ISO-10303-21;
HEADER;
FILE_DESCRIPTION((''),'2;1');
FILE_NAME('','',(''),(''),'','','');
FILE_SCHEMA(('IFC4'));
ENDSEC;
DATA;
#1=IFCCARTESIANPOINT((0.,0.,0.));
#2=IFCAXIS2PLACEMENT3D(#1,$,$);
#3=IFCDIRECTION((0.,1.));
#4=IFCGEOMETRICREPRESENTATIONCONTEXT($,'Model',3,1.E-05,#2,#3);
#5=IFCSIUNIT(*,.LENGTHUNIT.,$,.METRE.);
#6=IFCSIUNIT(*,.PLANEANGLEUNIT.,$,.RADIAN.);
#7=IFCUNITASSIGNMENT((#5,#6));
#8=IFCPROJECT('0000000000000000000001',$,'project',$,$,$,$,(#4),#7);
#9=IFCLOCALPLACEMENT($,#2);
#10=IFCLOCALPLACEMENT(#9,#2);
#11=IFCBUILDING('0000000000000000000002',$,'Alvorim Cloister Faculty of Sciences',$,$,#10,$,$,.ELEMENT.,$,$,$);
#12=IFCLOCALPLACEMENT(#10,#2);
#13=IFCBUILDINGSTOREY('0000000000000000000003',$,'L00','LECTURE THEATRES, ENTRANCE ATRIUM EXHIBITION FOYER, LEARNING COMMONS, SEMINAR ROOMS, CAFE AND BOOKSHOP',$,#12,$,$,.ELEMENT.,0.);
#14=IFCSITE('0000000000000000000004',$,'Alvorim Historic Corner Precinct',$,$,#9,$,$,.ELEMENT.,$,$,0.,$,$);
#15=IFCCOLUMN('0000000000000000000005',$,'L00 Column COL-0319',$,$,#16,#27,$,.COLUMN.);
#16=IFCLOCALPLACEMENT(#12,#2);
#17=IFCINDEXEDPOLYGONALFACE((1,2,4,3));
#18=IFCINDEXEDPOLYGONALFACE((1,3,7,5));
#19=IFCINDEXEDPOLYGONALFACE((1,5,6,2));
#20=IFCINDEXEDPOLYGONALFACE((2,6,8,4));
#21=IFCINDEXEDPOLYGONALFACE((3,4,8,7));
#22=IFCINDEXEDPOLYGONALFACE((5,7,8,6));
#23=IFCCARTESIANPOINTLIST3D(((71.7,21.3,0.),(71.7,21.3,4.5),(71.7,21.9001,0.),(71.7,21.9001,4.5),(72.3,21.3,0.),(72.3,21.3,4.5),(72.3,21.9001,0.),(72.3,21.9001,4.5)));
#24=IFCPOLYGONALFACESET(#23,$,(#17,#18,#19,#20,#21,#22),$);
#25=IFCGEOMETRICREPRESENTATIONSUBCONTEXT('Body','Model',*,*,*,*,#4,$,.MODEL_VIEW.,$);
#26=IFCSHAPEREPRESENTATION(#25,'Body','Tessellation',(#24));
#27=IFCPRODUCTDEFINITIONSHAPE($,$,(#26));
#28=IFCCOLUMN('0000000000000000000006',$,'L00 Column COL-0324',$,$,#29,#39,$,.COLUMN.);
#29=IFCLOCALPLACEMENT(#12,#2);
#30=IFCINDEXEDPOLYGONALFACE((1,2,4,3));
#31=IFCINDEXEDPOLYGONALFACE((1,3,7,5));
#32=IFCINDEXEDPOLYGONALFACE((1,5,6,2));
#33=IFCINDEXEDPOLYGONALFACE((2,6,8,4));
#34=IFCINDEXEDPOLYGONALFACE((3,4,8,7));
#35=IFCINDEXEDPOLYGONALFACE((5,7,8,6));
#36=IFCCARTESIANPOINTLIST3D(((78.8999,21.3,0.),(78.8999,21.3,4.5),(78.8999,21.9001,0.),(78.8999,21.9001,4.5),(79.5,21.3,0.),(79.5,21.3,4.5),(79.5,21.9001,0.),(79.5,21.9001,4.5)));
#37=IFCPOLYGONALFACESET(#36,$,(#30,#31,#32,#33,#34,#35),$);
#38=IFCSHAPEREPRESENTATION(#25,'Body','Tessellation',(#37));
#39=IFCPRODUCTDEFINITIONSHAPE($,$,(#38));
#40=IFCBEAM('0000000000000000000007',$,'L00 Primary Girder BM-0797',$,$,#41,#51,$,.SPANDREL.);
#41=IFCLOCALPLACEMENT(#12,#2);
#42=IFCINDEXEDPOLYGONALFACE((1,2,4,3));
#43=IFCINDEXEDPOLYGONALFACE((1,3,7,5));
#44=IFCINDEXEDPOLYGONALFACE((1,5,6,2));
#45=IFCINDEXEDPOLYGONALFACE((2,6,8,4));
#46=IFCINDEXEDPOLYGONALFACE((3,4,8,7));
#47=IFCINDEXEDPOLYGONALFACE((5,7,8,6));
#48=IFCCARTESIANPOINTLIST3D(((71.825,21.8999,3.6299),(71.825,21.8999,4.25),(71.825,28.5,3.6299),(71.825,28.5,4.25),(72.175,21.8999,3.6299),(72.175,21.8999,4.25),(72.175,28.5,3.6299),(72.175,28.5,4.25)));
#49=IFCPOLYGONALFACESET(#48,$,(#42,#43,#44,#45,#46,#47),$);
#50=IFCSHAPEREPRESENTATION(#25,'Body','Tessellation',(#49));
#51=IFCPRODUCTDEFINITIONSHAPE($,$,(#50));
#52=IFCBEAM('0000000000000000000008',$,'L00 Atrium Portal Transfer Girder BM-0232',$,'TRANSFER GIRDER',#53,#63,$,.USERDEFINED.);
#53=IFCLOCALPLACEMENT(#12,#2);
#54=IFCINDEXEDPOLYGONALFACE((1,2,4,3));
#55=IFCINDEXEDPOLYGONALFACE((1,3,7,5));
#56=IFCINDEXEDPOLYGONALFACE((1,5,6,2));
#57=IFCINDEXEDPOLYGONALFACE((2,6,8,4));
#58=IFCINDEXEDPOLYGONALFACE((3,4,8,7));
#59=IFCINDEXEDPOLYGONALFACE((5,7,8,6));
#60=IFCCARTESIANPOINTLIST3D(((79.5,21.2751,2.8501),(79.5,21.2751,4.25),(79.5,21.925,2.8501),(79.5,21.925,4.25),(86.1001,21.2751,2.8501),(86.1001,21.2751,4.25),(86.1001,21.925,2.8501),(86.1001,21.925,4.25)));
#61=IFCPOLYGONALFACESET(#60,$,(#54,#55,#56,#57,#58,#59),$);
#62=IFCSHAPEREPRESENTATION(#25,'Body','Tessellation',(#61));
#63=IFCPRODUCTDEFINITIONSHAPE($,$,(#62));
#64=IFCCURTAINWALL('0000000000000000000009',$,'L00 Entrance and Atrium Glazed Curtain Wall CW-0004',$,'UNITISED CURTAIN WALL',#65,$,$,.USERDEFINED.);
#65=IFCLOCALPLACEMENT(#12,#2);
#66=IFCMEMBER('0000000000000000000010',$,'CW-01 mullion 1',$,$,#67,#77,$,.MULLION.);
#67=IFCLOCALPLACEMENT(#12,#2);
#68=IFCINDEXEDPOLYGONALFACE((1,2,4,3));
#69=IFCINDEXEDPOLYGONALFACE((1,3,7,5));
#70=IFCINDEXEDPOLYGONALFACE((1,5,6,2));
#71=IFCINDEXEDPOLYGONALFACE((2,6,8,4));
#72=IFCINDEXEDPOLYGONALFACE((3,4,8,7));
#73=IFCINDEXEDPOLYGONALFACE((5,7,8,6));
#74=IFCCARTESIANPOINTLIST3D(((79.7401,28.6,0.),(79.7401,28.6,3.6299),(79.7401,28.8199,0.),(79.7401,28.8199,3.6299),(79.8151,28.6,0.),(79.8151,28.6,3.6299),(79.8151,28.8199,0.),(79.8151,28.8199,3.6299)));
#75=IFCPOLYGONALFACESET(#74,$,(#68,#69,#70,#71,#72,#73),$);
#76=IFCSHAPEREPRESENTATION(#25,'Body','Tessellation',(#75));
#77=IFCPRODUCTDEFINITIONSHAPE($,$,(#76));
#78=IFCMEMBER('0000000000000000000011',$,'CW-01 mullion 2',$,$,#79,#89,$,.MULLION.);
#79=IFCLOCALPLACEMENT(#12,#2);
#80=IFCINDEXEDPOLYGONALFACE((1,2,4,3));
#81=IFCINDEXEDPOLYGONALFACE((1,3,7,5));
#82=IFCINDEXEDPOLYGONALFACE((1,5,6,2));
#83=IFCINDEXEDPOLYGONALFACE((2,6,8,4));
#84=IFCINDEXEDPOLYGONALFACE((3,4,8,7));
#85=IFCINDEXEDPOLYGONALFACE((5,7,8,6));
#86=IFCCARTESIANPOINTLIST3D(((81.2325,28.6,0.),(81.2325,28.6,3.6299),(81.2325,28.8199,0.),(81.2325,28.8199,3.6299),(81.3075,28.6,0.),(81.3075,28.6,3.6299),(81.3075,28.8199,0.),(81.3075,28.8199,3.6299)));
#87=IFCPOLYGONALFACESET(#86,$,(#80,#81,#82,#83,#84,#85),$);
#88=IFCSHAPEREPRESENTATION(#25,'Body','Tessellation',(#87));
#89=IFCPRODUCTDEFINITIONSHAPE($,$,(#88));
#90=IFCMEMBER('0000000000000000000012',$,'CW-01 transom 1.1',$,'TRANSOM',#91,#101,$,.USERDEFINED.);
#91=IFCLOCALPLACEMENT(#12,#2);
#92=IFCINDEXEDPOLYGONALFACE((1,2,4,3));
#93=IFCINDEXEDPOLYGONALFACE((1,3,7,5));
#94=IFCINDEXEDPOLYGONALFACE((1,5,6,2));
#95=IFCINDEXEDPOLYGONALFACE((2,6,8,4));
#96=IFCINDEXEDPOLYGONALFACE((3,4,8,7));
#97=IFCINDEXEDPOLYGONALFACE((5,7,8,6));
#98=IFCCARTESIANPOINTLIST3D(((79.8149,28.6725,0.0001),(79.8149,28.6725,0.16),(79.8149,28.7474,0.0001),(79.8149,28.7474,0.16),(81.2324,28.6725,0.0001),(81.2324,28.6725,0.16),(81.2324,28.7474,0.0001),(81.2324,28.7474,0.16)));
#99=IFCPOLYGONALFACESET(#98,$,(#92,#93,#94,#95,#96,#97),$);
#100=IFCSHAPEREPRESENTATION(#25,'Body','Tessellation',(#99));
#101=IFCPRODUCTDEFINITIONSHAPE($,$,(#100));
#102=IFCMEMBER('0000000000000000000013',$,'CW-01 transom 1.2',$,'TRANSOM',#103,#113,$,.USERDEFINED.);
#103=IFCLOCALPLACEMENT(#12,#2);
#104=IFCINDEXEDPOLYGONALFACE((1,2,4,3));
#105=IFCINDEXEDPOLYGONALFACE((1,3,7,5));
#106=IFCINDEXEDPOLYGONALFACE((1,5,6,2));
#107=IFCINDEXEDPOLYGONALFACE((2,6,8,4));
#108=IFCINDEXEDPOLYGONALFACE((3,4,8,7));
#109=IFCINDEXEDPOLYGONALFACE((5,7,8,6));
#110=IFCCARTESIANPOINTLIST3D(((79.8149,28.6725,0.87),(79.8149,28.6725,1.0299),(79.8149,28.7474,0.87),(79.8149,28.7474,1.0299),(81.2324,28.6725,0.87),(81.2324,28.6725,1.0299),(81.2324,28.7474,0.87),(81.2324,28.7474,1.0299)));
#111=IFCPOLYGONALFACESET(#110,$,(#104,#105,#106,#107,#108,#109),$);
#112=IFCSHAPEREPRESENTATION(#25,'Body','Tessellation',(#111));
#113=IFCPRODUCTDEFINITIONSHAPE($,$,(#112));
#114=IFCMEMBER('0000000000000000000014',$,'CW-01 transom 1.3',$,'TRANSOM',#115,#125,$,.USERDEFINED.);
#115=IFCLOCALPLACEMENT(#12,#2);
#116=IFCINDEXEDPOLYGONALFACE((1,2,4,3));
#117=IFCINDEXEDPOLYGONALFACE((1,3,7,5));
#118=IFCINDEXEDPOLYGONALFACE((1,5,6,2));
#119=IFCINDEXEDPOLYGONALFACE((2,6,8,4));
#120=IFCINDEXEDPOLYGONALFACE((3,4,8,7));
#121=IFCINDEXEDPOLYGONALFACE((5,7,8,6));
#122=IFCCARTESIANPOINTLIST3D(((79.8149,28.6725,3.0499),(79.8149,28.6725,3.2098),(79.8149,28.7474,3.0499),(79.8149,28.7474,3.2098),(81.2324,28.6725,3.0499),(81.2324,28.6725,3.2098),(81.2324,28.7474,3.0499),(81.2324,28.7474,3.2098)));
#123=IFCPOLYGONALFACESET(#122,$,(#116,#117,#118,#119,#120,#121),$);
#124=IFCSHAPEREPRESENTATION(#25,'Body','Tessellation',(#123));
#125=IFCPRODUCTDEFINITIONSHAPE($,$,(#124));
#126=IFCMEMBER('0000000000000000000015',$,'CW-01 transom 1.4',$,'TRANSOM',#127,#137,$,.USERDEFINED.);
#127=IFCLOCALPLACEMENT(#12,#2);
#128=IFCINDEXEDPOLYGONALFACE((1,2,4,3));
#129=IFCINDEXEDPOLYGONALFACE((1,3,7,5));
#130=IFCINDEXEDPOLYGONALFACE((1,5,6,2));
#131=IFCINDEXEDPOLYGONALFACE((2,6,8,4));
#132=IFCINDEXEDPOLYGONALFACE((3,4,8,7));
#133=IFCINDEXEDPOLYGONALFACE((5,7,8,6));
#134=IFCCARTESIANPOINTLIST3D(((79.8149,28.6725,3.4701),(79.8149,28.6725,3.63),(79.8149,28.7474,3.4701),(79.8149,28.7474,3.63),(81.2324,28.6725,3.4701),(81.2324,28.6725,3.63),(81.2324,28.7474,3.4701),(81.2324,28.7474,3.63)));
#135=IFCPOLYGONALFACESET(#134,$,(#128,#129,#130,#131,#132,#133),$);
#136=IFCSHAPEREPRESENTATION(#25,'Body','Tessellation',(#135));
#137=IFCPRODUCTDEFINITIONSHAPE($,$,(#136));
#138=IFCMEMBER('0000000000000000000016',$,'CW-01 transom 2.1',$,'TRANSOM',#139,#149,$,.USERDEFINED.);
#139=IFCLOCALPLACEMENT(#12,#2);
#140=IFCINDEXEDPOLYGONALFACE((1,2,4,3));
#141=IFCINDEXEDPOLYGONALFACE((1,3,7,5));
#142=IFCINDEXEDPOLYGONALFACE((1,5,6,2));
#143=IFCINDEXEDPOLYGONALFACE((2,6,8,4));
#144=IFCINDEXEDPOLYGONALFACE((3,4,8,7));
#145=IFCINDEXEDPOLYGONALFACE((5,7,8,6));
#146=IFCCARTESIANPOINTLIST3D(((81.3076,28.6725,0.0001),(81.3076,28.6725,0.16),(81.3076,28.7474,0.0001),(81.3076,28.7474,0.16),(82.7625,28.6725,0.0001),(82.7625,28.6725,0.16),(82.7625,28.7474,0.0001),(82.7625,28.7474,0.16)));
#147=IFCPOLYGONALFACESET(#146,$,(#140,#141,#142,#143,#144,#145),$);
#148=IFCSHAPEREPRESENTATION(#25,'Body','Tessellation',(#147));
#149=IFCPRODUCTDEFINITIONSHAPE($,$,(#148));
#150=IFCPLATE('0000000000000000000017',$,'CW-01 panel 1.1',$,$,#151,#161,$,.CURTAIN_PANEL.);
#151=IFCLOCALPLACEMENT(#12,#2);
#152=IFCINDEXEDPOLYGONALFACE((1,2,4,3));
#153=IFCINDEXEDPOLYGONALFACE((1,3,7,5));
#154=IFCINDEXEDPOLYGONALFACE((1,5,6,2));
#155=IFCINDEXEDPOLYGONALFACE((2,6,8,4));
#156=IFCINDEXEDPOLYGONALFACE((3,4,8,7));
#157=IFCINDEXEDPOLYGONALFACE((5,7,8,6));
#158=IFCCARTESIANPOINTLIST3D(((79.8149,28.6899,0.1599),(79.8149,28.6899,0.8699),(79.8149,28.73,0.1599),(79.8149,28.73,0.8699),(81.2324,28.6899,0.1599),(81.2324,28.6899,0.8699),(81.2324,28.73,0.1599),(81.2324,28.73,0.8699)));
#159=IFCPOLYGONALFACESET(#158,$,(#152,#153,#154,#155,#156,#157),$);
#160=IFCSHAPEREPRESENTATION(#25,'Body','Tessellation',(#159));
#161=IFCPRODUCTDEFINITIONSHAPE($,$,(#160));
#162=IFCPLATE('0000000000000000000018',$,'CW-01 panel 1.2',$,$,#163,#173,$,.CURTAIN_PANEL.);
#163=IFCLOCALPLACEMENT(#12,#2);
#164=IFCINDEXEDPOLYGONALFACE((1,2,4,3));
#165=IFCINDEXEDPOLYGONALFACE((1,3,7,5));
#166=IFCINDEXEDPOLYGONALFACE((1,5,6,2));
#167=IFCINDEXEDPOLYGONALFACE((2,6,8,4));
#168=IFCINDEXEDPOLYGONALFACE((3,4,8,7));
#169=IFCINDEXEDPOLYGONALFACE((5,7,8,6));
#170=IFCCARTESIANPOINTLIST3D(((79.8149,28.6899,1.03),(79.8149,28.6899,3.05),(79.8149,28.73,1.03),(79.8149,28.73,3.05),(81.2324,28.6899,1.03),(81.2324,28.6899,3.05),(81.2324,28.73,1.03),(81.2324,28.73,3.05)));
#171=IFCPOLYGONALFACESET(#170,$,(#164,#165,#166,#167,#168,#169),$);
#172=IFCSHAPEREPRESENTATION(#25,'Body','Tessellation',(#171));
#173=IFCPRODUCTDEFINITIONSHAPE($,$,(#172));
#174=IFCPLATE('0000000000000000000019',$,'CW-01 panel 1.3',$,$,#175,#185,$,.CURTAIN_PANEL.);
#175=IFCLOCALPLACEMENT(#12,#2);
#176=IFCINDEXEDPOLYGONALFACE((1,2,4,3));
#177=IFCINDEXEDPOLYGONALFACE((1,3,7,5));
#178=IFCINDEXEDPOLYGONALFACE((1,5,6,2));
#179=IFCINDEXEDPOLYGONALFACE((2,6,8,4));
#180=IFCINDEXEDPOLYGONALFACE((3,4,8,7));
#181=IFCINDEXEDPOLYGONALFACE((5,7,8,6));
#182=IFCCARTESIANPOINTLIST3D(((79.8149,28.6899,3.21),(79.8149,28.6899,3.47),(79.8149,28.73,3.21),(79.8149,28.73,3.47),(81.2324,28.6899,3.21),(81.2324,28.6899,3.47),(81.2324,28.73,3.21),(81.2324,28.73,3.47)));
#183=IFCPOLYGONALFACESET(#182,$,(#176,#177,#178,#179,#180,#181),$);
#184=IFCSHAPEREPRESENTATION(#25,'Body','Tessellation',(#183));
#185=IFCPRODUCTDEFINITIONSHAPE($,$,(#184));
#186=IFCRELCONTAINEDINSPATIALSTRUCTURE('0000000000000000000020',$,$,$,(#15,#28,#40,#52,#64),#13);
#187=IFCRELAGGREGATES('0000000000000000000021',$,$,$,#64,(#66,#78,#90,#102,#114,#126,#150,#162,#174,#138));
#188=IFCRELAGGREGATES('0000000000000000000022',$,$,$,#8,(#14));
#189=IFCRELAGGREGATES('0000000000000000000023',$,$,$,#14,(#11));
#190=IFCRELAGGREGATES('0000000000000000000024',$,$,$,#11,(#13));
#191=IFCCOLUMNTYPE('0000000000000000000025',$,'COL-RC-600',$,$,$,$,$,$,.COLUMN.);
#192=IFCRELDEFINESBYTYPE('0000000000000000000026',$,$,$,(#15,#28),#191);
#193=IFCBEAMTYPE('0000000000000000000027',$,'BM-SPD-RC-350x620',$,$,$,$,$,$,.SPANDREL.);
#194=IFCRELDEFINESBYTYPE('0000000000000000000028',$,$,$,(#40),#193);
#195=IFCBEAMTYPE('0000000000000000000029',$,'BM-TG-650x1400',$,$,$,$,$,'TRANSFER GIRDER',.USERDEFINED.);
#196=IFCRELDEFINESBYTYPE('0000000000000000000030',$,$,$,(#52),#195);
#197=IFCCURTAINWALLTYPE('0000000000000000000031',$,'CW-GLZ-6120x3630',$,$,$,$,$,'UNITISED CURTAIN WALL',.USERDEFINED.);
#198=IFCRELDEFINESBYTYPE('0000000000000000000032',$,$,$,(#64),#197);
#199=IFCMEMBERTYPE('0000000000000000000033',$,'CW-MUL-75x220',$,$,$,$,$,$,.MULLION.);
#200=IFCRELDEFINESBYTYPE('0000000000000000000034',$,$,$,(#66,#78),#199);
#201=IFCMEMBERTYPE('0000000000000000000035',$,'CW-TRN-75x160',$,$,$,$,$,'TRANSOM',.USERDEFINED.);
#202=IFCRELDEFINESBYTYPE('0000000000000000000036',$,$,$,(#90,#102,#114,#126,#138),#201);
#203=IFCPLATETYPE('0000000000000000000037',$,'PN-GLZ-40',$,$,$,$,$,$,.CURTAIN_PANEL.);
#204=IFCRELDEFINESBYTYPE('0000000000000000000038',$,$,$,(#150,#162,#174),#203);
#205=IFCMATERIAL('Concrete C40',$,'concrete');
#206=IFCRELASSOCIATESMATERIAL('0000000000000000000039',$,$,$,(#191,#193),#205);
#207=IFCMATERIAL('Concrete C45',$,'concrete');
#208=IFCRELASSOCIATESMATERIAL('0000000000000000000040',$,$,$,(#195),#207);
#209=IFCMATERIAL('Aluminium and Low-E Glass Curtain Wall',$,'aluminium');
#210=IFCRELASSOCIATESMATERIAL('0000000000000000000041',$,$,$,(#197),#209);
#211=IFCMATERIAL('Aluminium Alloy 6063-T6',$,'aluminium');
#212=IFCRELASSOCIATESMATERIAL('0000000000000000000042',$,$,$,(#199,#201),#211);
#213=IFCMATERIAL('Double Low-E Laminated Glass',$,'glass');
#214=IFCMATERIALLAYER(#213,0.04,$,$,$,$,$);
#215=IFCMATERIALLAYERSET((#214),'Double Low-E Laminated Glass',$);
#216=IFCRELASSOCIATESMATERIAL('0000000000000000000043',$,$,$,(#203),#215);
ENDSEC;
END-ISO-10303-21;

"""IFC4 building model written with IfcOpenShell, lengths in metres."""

from ifc_helpers import new_model, si_unit, direction, frame, origin, origin_2d, place, context, subcontext, project, spatial, rectangle, extrude, material, layer, layer_set, material_profile, profile_set, type_object, element, aggregate, save


model = new_model("IFC4")

# Units and contexts
model_context = context("Model", 3, precision=1e-05, world=origin(), true_north=direction((0.0, 1.0)))
body_context = subcontext(model_context, "Body", "Model", "MODEL_VIEW")
ifc_project = project(units=[si_unit("LENGTHUNIT", "METRE"), si_unit("PLANEANGLEUNIT", "RADIAN")], contexts=[model_context])

# Site, building, storey
site_placement = place(None, origin())
site = spatial("IfcSite", under=ifc_project, at=site_placement, Name="Alvorim Historic Corner Precinct", CompositionType="ELEMENT", RefElevation=0.0)
building_placement = place(site_placement, origin())
building = spatial("IfcBuilding", under=site, at=building_placement, Name="Alvorim Cloister Faculty of Sciences", CompositionType="ELEMENT")
storey_placement = place(building_placement, origin())
storey = spatial("IfcBuildingStorey", under=building, at=storey_placement, Name="L00", Description="LECTURE THEATRES, ENTRANCE ATRIUM EXHIBITION FOYER, LEARNING COMMONS, SEMINAR ROOMS, CAFE AND BOOKSHOP", CompositionType="ELEMENT", Elevation=0.0)

# Columns
ifc_material_1 = material(Name="Concrete C40", Category="concrete")
ifc_material_profile_1 = material_profile(ifc_material_1, rectangle(XDim=0.6001, YDim=0.6001, at=origin_2d()), Name="RC40-COL-600x600")
ifc_profile_set_1 = profile_set([ifc_material_profile_1], Name="Concrete C40")
column_type = type_object("IfcColumnType", Name="COL-RC-600", PredefinedType="COLUMN", material=ifc_profile_set_1)
for number, where, z_axis, x_axis, name in (
    (1, (72.0, 21.6001, 0.0), (0.0, 0.0, 1.0), (1.0, 0.0, 0.0), "L00 Column COL-0319"),
    (2, (79.2, 21.6001, 0.0), (0.0, 0.0, 1.0), (1.0, 0.0, 0.0), "L00 Column COL-0324"),
):
    element("IfcColumn", number, at=place(storey_placement, frame(where, z_axis=z_axis, x_axis=x_axis)), inside=storey, type_object=column_type, Name=name, PredefinedType="COLUMN", context=body_context, shape_type="SweptSolid", body=[
        extrude(rectangle(XDim=0.6001, YDim=0.6001, at=origin_2d()), origin(), (0.0, 0.0, 1.0), 4.5),
    ])

# Beams
ifc_material_profile_2 = material_profile(ifc_material_1, rectangle(XDim=0.3501, YDim=0.6201, at=origin_2d()), Name="RC40-SPD-350x620")
ifc_profile_set_2 = profile_set([ifc_material_profile_2], Name="Concrete C40")
beam_type_1 = type_object("IfcBeamType", Name="BM-SPD-RC-350x620", PredefinedType="SPANDREL", material=ifc_profile_set_2)
beam_1_placement = place(storey_placement, frame((72.0, 21.8999, 3.9399), z_axis=(0.0, 1.0, 0.0), x_axis=(-1.0, 0.0, 0.0)))
element("IfcBeam", 3, at=beam_1_placement, inside=storey, type_object=beam_type_1, Name="L00 Primary Girder BM-0797", PredefinedType="SPANDREL", context=body_context, shape_type="SweptSolid", body=[
    extrude(rectangle(XDim=0.3501, YDim=0.6201, at=origin_2d()), origin(), (0.0, 0.0, 1.0), 6.6001),
])
ifc_material_2 = material(Name="Concrete C45", Category="concrete")
ifc_material_profile_3 = material_profile(ifc_material_2, rectangle(XDim=0.6499, YDim=1.3999, at=origin_2d()), Name="RC45-TG-650x1400")
ifc_profile_set_3 = profile_set([ifc_material_profile_3], Name="Concrete C45")
beam_type_2 = type_object("IfcBeamType", Name="BM-TG-650x1400", ElementType="TRANSFER GIRDER", PredefinedType="USERDEFINED", material=ifc_profile_set_3)
beam_2_placement = place(storey_placement, frame((79.5, 21.6001, 3.55), z_axis=(1.0, 0.0, 0.0), x_axis=(0.0, 1.0, 0.0)))
element("IfcBeam", 4, at=beam_2_placement, inside=storey, type_object=beam_type_2, Name="L00 Atrium Portal Transfer Girder BM-0232", ObjectType="TRANSFER GIRDER", PredefinedType="USERDEFINED", context=body_context, shape_type="SweptSolid", body=[
    extrude(rectangle(XDim=0.6499, YDim=1.3999, at=origin_2d()), origin(), (0.0, 0.0, 1.0), 6.6001),
])

# Curtain wall, members, plates
ifc_material_3 = material(Name="Aluminium and Low-E Glass Curtain Wall", Category="aluminium")
curtain_wall_type = type_object("IfcCurtainWallType", Name="CW-GLZ-6120x3630", ElementType="UNITISED CURTAIN WALL", PredefinedType="USERDEFINED", material=ifc_material_3)
curtain_wall_placement = place(storey_placement, origin())
curtain_wall = element("IfcCurtainWall", 5, at=curtain_wall_placement, inside=storey, type_object=curtain_wall_type, Name="L00 Entrance and Atrium Glazed Curtain Wall CW-0004", ObjectType="UNITISED CURTAIN WALL", PredefinedType="USERDEFINED")
ifc_material_4 = material(Name="Aluminium Alloy 6063-T6", Category="aluminium")
ifc_material_profile_4 = material_profile(ifc_material_4, rectangle(XDim=0.075, YDim=0.22, at=origin_2d()), Name="ALU-MUL-75x220")
ifc_profile_set_4 = profile_set([ifc_material_profile_4], Name="Aluminium Alloy 6063-T6")
member_type_1 = type_object("IfcMemberType", Name="CW-MUL-75x220", PredefinedType="MULLION", material=ifc_profile_set_4)
member_1_placement = place(storey_placement, frame((79.7776, 28.71, 0.0), z_axis=(0.0, 0.0, 1.0), x_axis=(1.0, 0.0, 0.0)))
member_1 = element("IfcMember", 6, at=member_1_placement, type_object=member_type_1, Name="CW-01 mullion 1", PredefinedType="MULLION", context=body_context, shape_type="SweptSolid", body=[
    extrude(rectangle(XDim=0.075, YDim=0.22, at=origin_2d()), origin(), (0.0, 0.0, 1.0), 3.6299),
])
member_2_placement = place(storey_placement, frame((81.27, 28.71, 0.0), z_axis=(0.0, 0.0, 1.0), x_axis=(1.0, 0.0, 0.0)))
member_2 = element("IfcMember", 7, at=member_2_placement, type_object=member_type_1, Name="CW-01 mullion 2", PredefinedType="MULLION", context=body_context, shape_type="SweptSolid", body=[
    extrude(rectangle(XDim=0.075, YDim=0.22, at=origin_2d()), origin(), (0.0, 0.0, 1.0), 3.6299),
])
ifc_material_profile_5 = material_profile(ifc_material_4, rectangle(XDim=0.075, YDim=0.1599, at=origin_2d()), Name="ALU-TRN-75x160")
ifc_profile_set_5 = profile_set([ifc_material_profile_5], Name="Aluminium Alloy 6063-T6")
member_type_2 = type_object("IfcMemberType", Name="CW-TRN-75x160", ElementType="TRANSOM", PredefinedType="USERDEFINED", material=ifc_profile_set_5)
member_3_placement = place(storey_placement, frame((79.8149, 28.71, 0.0801), z_axis=(1.0, 0.0, 0.0), x_axis=(0.0, 1.0, 0.0)))
member_3 = element("IfcMember", 8, at=member_3_placement, type_object=member_type_2, Name="CW-01 transom 1.1", ObjectType="TRANSOM", PredefinedType="USERDEFINED", context=body_context, shape_type="SweptSolid", body=[
    extrude(rectangle(XDim=0.075, YDim=0.1599, at=origin_2d()), origin(), (0.0, 0.0, 1.0), 1.4175),
])
member_4_placement = place(storey_placement, frame((79.8149, 28.71, 0.95), z_axis=(1.0, 0.0, 0.0), x_axis=(0.0, 1.0, 0.0)))
member_4 = element("IfcMember", 9, at=member_4_placement, type_object=member_type_2, Name="CW-01 transom 1.2", ObjectType="TRANSOM", PredefinedType="USERDEFINED", context=body_context, shape_type="SweptSolid", body=[
    extrude(rectangle(XDim=0.075, YDim=0.1599, at=origin_2d()), origin(), (0.0, 0.0, 1.0), 1.4175),
])
member_5_placement = place(storey_placement, frame((79.8149, 28.71, 3.1299), z_axis=(1.0, 0.0, 0.0), x_axis=(0.0, 1.0, 0.0)))
member_5 = element("IfcMember", 10, at=member_5_placement, type_object=member_type_2, Name="CW-01 transom 1.3", ObjectType="TRANSOM", PredefinedType="USERDEFINED", context=body_context, shape_type="SweptSolid", body=[
    extrude(rectangle(XDim=0.075, YDim=0.1599, at=origin_2d()), origin(), (0.0, 0.0, 1.0), 1.4175),
])
member_6_placement = place(storey_placement, frame((79.8149, 28.71, 3.55), z_axis=(1.0, 0.0, 0.0), x_axis=(0.0, 1.0, 0.0)))
member_6 = element("IfcMember", 11, at=member_6_placement, type_object=member_type_2, Name="CW-01 transom 1.4", ObjectType="TRANSOM", PredefinedType="USERDEFINED", context=body_context, shape_type="SweptSolid", body=[
    extrude(rectangle(XDim=0.075, YDim=0.1599, at=origin_2d()), origin(), (0.0, 0.0, 1.0), 1.4175),
])
member_7_placement = place(storey_placement, frame((81.3076, 28.71, 0.0801), z_axis=(1.0, 0.0, 0.0), x_axis=(0.0, 1.0, 0.0)))
member_7 = element("IfcMember", 12, at=member_7_placement, type_object=member_type_2, Name="CW-01 transom 2.1", ObjectType="TRANSOM", PredefinedType="USERDEFINED", context=body_context, shape_type="SweptSolid", body=[
    extrude(rectangle(XDim=0.075, YDim=0.1599, at=origin_2d()), origin(), (0.0, 0.0, 1.0), 1.4548),
])
ifc_material_5 = material(Name="Double Low-E Laminated Glass", Category="glass")
ifc_layer_1 = layer(ifc_material_5, 0.04)
ifc_layer_set_1 = layer_set([ifc_layer_1], Name="Double Low-E Laminated Glass")
plate_type = type_object("IfcPlateType", Name="PN-GLZ-40", PredefinedType="CURTAIN_PANEL", material=ifc_layer_set_1)
plate_1_placement = place(storey_placement, frame((80.5237, 28.71, 0.1599), z_axis=(0.0, 0.0, 1.0), x_axis=(1.0, 0.0, 0.0)))
plate_1 = element("IfcPlate", 13, at=plate_1_placement, type_object=plate_type, Name="CW-01 panel 1.1", PredefinedType="CURTAIN_PANEL", context=body_context, shape_type="SweptSolid", body=[
    extrude(rectangle(XDim=1.4175, YDim=0.04, at=origin_2d()), origin(), (0.0, 0.0, 1.0), 0.71),
])
plate_2_placement = place(storey_placement, frame((80.5237, 28.71, 1.03), z_axis=(0.0, 0.0, 1.0), x_axis=(1.0, 0.0, 0.0)))
plate_2 = element("IfcPlate", 14, at=plate_2_placement, type_object=plate_type, Name="CW-01 panel 1.2", PredefinedType="CURTAIN_PANEL", context=body_context, shape_type="SweptSolid", body=[
    extrude(rectangle(XDim=1.4175, YDim=0.04, at=origin_2d()), origin(), (0.0, 0.0, 1.0), 2.02),
])
plate_3_placement = place(storey_placement, frame((80.5237, 28.71, 3.21), z_axis=(0.0, 0.0, 1.0), x_axis=(1.0, 0.0, 0.0)))
plate_3 = element("IfcPlate", 15, at=plate_3_placement, type_object=plate_type, Name="CW-01 panel 1.3", PredefinedType="CURTAIN_PANEL", context=body_context, shape_type="SweptSolid", body=[
    extrude(rectangle(XDim=1.4175, YDim=0.04, at=origin_2d()), origin(), (0.0, 0.0, 1.0), 0.26),
])
aggregate(curtain_wall, [member_1, member_2, member_3, member_4, member_5, member_6, plate_1, plate_2, plate_3, member_7])

save(model, "model.ifc")
